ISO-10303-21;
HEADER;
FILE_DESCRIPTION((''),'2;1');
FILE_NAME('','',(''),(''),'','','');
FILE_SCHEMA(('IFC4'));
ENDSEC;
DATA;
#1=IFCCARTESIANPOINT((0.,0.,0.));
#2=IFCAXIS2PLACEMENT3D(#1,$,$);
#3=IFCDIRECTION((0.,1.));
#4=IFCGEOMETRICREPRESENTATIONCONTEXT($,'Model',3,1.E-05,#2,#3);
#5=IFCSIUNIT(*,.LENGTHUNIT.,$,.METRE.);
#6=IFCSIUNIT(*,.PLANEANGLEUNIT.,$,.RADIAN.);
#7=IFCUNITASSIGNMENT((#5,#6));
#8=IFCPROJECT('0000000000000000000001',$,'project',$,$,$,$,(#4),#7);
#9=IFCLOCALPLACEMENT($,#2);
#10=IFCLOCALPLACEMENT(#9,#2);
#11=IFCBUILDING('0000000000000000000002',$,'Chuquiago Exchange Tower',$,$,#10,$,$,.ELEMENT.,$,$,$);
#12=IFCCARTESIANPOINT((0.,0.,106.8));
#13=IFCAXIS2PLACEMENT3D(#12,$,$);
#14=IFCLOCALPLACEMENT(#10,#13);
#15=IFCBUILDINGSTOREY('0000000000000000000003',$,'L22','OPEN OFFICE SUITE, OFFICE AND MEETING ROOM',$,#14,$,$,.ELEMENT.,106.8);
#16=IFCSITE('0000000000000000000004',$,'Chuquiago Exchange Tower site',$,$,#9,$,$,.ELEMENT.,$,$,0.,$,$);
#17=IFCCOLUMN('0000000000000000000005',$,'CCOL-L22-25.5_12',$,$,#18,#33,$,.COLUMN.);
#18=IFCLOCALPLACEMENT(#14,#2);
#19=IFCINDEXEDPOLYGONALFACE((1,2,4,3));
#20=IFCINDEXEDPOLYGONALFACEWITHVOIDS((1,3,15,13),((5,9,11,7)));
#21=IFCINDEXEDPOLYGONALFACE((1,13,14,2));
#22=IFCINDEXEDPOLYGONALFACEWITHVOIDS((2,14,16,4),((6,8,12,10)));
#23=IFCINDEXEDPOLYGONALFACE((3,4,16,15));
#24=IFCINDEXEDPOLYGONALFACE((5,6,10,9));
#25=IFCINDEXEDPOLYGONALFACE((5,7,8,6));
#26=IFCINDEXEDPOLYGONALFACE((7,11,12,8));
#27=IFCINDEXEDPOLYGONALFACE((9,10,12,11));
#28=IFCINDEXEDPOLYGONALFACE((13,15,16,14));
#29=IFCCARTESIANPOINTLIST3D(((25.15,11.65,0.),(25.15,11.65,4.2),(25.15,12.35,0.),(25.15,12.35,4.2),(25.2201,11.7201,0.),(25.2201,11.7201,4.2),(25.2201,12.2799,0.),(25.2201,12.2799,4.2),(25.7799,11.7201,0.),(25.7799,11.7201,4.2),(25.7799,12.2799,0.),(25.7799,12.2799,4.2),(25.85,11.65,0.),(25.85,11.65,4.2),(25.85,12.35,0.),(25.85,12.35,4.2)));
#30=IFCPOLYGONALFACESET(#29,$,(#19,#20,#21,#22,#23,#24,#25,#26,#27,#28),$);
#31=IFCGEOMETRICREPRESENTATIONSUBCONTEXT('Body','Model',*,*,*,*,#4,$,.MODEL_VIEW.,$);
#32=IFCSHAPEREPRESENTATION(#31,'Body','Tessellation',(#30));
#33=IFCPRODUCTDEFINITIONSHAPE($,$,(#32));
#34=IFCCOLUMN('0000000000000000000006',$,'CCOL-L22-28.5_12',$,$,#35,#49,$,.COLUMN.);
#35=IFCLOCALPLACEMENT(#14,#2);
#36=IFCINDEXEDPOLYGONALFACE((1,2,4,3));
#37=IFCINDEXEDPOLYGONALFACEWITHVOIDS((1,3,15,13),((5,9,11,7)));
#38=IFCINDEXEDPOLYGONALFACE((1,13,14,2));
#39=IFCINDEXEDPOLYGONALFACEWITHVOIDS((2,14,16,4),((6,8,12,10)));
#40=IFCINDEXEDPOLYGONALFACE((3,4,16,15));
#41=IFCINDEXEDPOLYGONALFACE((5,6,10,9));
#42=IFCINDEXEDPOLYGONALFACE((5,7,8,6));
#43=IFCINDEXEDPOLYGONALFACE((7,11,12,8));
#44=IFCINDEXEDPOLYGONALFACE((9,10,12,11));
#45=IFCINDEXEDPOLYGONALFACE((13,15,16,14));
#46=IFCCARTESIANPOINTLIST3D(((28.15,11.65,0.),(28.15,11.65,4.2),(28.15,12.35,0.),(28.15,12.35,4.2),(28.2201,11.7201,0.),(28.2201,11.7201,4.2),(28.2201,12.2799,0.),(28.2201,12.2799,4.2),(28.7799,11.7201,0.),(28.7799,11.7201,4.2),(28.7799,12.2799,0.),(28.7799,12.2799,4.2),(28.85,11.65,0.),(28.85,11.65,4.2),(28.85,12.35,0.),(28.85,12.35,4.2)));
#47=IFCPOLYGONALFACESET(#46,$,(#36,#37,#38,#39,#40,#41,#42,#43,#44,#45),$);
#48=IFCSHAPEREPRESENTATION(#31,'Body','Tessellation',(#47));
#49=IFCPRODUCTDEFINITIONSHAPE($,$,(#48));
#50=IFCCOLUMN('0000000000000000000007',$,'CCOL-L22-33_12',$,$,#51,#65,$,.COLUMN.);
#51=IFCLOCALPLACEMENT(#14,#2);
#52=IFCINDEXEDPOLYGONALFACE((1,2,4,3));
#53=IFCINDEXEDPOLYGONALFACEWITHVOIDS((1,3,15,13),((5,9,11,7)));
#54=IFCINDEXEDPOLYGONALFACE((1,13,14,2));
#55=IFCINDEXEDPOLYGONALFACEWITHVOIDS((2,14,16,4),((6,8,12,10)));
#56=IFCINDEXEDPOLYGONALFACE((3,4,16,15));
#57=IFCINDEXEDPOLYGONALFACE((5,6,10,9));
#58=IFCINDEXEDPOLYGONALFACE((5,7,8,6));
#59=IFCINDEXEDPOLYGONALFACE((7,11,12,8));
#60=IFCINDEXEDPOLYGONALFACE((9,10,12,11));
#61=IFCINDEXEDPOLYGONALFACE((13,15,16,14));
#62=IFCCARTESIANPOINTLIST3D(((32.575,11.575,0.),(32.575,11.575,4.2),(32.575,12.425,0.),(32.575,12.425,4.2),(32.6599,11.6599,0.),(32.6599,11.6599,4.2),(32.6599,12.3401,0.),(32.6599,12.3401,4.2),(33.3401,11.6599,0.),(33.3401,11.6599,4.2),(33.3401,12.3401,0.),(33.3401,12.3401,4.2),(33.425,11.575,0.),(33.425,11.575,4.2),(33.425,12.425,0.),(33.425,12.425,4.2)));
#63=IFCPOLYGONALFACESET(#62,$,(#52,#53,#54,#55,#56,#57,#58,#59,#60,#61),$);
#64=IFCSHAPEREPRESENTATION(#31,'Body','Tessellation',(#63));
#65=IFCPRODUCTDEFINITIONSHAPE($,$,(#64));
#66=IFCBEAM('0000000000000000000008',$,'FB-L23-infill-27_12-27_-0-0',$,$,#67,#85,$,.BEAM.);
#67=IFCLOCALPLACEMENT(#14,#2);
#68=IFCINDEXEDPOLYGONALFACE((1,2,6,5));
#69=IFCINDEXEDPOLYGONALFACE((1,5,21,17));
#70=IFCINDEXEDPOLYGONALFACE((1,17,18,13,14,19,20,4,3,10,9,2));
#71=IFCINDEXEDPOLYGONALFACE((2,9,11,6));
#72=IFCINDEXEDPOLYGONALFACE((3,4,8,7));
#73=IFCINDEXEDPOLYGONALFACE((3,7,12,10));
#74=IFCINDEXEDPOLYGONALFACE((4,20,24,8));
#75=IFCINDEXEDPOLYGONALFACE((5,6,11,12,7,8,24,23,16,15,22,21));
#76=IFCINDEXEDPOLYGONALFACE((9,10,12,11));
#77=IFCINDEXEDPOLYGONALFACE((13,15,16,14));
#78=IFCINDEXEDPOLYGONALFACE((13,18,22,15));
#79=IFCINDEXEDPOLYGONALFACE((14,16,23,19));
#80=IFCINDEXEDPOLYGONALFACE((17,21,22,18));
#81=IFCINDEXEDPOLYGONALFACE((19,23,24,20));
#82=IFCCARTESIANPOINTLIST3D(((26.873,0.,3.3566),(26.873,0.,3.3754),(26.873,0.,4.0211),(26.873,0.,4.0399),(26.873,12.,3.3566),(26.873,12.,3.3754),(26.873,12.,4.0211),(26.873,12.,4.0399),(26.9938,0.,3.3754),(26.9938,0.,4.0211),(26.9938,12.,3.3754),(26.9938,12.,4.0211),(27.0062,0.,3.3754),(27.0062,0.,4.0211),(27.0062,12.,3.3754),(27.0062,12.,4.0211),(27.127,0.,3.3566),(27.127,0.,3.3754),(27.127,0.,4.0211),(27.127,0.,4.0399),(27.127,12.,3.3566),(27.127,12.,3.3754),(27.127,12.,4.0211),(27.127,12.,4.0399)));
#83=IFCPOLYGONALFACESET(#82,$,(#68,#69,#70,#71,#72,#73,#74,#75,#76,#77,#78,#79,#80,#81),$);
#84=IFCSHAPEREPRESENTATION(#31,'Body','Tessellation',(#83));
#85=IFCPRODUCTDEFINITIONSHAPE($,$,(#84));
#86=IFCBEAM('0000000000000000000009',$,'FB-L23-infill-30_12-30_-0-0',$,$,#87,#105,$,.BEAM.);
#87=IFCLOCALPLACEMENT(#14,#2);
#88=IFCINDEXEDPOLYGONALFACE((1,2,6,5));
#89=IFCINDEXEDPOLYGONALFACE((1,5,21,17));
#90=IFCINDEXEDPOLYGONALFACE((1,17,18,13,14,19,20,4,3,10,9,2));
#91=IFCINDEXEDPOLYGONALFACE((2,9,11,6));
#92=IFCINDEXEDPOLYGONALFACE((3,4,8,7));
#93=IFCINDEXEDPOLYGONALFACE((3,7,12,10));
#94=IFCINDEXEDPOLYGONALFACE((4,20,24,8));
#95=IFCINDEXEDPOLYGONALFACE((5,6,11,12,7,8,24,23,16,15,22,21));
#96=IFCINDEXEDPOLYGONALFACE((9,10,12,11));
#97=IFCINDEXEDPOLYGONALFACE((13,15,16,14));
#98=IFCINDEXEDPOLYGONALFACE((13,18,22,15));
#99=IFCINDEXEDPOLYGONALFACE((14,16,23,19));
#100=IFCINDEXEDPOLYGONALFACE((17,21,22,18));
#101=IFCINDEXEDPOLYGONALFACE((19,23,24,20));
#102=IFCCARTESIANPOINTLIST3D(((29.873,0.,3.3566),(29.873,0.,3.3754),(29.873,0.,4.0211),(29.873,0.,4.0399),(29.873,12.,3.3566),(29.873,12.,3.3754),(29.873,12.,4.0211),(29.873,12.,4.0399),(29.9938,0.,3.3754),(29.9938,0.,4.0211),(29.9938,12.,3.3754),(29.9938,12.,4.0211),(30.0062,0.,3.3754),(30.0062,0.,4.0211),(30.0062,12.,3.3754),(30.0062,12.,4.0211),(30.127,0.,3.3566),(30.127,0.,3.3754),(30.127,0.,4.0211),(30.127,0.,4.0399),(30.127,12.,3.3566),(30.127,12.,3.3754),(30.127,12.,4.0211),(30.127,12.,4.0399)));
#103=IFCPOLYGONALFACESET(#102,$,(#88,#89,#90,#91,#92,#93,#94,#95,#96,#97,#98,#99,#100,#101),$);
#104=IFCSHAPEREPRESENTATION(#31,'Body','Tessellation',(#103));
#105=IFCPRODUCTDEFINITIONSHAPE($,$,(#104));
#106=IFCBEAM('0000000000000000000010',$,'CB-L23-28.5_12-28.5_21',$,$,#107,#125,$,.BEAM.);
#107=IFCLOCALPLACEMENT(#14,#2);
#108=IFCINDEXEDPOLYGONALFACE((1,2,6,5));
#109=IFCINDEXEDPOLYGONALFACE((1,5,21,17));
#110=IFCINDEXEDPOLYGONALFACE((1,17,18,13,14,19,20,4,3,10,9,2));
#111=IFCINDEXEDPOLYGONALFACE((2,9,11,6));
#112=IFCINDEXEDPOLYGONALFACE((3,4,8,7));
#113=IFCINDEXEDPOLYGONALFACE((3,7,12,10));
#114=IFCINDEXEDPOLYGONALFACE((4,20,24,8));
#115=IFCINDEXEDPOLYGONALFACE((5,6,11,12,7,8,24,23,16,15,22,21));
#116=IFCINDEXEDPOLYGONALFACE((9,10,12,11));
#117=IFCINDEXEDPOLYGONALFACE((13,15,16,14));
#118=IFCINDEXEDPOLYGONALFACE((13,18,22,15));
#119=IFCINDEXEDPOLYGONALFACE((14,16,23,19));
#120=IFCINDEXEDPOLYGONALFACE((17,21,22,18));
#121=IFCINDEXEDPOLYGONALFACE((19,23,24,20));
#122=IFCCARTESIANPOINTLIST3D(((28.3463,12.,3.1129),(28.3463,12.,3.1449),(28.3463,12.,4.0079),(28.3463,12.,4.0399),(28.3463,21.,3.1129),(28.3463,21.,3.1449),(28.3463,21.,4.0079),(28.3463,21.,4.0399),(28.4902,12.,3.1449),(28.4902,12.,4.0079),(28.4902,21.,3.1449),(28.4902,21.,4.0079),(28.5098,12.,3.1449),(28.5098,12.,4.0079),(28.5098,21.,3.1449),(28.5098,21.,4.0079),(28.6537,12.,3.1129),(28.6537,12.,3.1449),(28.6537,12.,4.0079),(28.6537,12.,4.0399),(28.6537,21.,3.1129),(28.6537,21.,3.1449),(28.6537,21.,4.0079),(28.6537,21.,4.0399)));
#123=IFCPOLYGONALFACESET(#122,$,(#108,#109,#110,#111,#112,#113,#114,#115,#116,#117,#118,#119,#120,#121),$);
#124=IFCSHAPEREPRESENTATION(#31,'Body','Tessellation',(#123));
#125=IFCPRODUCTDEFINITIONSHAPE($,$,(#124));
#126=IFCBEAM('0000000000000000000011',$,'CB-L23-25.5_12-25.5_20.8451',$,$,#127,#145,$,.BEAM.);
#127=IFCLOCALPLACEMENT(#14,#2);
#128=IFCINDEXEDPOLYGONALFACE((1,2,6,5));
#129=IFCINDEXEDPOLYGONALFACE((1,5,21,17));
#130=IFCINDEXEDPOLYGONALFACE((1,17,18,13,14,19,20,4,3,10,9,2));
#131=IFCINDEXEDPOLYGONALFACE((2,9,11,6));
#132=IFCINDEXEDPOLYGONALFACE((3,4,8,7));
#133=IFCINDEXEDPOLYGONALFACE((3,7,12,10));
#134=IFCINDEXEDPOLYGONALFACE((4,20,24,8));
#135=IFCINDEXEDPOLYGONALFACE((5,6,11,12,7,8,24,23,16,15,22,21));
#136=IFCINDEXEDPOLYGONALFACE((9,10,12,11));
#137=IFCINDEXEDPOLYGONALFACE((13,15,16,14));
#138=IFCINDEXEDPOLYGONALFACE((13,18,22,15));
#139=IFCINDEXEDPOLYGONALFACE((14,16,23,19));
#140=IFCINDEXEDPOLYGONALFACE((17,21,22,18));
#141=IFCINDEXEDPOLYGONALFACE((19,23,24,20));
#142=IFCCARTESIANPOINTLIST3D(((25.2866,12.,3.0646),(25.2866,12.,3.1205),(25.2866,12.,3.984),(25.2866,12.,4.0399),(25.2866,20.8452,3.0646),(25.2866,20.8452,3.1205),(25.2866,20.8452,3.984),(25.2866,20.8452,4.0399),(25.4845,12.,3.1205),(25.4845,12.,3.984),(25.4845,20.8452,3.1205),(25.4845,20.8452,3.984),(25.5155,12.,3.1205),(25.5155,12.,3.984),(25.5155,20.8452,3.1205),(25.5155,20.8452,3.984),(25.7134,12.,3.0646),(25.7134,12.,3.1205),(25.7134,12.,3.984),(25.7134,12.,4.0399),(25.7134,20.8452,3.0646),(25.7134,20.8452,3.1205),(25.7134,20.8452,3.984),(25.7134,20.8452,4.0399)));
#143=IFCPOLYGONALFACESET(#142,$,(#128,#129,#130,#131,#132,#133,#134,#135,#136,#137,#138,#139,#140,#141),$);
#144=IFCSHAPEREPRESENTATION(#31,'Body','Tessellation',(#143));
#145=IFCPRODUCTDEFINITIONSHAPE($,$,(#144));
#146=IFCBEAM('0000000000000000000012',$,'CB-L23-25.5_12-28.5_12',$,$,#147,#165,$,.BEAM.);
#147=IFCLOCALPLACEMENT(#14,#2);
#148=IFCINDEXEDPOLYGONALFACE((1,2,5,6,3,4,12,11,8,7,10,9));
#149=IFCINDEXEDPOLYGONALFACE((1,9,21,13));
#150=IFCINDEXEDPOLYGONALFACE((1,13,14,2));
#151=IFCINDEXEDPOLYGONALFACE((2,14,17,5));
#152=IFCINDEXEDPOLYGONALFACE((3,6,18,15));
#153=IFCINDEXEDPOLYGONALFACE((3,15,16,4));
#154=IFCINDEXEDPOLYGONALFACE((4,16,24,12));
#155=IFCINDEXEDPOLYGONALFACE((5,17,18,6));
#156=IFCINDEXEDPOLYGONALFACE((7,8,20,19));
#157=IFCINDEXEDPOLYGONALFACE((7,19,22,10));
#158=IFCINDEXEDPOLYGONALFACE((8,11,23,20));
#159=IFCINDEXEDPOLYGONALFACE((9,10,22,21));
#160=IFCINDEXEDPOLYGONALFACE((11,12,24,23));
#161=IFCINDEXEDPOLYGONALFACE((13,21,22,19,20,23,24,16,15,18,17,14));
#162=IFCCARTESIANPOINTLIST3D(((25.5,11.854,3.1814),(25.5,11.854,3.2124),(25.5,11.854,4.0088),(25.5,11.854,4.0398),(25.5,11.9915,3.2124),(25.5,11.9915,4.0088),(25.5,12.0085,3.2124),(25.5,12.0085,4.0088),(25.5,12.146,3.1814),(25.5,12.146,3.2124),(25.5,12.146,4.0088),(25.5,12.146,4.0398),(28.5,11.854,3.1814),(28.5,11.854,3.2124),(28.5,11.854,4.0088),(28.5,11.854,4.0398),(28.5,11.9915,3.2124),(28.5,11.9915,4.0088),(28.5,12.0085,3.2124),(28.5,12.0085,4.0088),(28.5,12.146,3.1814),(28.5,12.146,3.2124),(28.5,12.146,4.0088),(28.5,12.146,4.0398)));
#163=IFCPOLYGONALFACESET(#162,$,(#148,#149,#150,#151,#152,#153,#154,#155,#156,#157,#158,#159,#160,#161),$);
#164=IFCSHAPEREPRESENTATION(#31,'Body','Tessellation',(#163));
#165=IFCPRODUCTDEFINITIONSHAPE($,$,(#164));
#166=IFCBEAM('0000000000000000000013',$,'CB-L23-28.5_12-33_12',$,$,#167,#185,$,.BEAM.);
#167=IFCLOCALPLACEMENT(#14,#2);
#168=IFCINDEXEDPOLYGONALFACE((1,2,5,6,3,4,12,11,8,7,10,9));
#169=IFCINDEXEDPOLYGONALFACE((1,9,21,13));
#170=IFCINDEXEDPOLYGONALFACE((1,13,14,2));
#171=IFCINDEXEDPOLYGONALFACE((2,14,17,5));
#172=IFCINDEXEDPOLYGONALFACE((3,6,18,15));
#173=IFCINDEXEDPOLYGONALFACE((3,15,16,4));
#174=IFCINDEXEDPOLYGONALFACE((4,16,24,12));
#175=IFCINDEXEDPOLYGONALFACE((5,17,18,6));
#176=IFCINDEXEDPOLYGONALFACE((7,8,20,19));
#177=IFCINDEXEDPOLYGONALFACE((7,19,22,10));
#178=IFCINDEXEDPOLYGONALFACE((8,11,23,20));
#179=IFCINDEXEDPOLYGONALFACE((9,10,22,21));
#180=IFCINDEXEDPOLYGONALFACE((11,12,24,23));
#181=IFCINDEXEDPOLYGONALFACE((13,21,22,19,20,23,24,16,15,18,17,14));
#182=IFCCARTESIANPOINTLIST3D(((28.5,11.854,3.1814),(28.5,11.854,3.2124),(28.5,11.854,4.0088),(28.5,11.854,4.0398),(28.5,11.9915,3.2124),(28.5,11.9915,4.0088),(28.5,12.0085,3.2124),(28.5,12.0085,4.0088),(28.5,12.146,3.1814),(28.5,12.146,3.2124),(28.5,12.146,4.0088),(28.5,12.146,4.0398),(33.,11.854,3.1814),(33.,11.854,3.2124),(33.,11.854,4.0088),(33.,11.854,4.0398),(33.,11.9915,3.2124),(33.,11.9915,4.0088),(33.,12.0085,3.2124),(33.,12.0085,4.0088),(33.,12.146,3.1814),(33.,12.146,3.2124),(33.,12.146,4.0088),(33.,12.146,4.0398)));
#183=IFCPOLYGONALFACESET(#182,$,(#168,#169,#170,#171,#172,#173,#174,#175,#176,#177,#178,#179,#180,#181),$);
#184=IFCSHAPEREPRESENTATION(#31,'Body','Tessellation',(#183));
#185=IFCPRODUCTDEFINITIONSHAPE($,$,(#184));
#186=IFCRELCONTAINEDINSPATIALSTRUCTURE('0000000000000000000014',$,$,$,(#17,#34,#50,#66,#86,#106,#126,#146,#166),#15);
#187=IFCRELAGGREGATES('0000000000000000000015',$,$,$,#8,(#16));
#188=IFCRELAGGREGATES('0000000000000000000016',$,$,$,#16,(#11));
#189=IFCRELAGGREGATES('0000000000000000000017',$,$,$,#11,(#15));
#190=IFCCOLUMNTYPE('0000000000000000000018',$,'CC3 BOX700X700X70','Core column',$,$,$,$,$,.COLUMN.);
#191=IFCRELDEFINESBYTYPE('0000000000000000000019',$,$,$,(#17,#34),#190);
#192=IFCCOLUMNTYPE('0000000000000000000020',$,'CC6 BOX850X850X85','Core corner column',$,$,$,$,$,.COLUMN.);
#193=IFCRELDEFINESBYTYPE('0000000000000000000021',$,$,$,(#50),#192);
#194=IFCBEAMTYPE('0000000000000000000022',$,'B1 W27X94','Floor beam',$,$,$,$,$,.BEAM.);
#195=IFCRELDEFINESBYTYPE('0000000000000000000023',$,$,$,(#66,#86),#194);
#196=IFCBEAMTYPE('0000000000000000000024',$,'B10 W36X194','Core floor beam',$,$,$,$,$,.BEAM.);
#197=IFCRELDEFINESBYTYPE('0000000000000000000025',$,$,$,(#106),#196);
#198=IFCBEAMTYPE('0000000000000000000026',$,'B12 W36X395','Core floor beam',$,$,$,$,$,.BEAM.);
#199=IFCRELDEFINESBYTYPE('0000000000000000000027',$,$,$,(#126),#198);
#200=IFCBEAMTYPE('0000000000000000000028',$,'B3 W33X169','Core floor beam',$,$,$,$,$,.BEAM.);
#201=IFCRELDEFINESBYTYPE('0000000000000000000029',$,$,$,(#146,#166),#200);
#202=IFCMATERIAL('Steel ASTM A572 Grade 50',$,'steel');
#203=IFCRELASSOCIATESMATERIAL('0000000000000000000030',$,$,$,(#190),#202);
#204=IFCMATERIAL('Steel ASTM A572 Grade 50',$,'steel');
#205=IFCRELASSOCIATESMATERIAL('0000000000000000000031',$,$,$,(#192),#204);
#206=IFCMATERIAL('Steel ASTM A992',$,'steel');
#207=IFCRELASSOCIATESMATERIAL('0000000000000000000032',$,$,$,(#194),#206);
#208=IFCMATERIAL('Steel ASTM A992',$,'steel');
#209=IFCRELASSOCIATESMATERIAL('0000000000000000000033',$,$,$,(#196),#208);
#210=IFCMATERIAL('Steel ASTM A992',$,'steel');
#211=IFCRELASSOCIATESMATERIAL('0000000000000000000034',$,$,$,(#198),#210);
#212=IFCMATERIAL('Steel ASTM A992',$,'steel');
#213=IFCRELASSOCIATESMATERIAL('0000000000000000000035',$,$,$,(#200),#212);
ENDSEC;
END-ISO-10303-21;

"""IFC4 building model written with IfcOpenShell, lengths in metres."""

from ifc_helpers import new_model, si_unit, direction, frame, origin, origin_2d, place, context, subcontext, project, spatial, hollow_rectangle, i_section, extrude, material, material_profile, profile_set, type_object, element, save


model = new_model("IFC4")

# Units and contexts
model_context = context("Model", 3, precision=1e-05, world=origin(), true_north=direction((0.0, 1.0)))
body_context = subcontext(model_context, "Body", "Model", "MODEL_VIEW")
ifc_project = project(units=[si_unit("LENGTHUNIT", "METRE"), si_unit("PLANEANGLEUNIT", "RADIAN")], contexts=[model_context])

# Site, building, storey
site_placement = place(None, origin())
site = spatial("IfcSite", under=ifc_project, at=site_placement, Name="Chuquiago Exchange Tower site", CompositionType="ELEMENT", RefElevation=0.0)
building_placement = place(site_placement, origin())
building = spatial("IfcBuilding", under=site, at=building_placement, Name="Chuquiago Exchange Tower", CompositionType="ELEMENT")
storey_placement = place(building_placement, frame((0.0, 0.0, 106.8)))
storey = spatial("IfcBuildingStorey", under=building, at=storey_placement, Name="L22", Description="OPEN OFFICE SUITE, OFFICE AND MEETING ROOM", CompositionType="ELEMENT", Elevation=106.8)

# Columns
ifc_material_1 = material(Name="Steel ASTM A572 Grade 50", Category="steel")
ifc_material_profile_1 = material_profile(ifc_material_1, hollow_rectangle(XDim=0.7, YDim=0.7, WallThickness=0.0701, at=origin_2d()), Name="BOX700X700X70")
ifc_profile_set_1 = profile_set([ifc_material_profile_1], Name="Steel ASTM A572 Grade 50")
column_type_1 = type_object("IfcColumnType", Name="CC3 BOX700X700X70", Description="Core column", PredefinedType="COLUMN", material=ifc_profile_set_1)
for number, where, z_axis, x_axis, name in (
    (1, (25.5, 12.0, 0.0), (0.0, 0.0, 1.0), (1.0, 0.0, 0.0), "CCOL-L22-25.5_12"),
    (2, (28.5, 12.0, 0.0), (0.0, 0.0, 1.0), (1.0, 0.0, 0.0), "CCOL-L22-28.5_12"),
):
    element("IfcColumn", number, at=place(storey_placement, frame(where, z_axis=z_axis, x_axis=x_axis)), inside=storey, type_object=column_type_1, Name=name, PredefinedType="COLUMN", context=body_context, shape_type="SweptSolid", body=[
        extrude(hollow_rectangle(XDim=0.7, YDim=0.7, WallThickness=0.0701, at=origin_2d()), origin(), (0.0, 0.0, 1.0), 4.2),
    ])
ifc_material_2 = material(Name="Steel ASTM A572 Grade 50", Category="steel")
ifc_material_profile_2 = material_profile(ifc_material_2, hollow_rectangle(XDim=0.8501, YDim=0.8501, WallThickness=0.085, at=origin_2d()), Name="BOX850X850X85")
ifc_profile_set_2 = profile_set([ifc_material_profile_2], Name="Steel ASTM A572 Grade 50")
column_type_2 = type_object("IfcColumnType", Name="CC6 BOX850X850X85", Description="Core corner column", PredefinedType="COLUMN", material=ifc_profile_set_2)
column_placement = place(storey_placement, frame((33.0, 12.0, 0.0), z_axis=(0.0, 0.0, 1.0), x_axis=(1.0, 0.0, 0.0)))
element("IfcColumn", 3, at=column_placement, inside=storey, type_object=column_type_2, Name="CCOL-L22-33_12", PredefinedType="COLUMN", context=body_context, shape_type="SweptSolid", body=[
    extrude(hollow_rectangle(XDim=0.8501, YDim=0.8501, WallThickness=0.085, at=origin_2d()), origin(), (0.0, 0.0, 1.0), 4.2),
])

# Beams
ifc_material_3 = material(Name="Steel ASTM A992", Category="steel")
ifc_material_profile_3 = material_profile(ifc_material_3, i_section(OverallWidth=0.2539, OverallDepth=0.6833, WebThickness=0.0125, FlangeThickness=0.0188, at=origin_2d()), Name="W27X94")
ifc_profile_set_3 = profile_set([ifc_material_profile_3], Name="Steel ASTM A992")
beam_type_1 = type_object("IfcBeamType", Name="B1 W27X94", Description="Floor beam", PredefinedType="BEAM", material=ifc_profile_set_3)
for number, where, z_axis, x_axis, name in (
    (4, (27.0, 12.0, 3.6982), (0.0, -1.0, 0.0), (1.0, 0.0, 0.0), "FB-L23-infill-27_12-27_-0-0"),
    (5, (30.0, 12.0, 3.6982), (0.0, -1.0, 0.0), (1.0, 0.0, 0.0), "FB-L23-infill-30_12-30_-0-0"),
):
    element("IfcBeam", number, at=place(storey_placement, frame(where, z_axis=z_axis, x_axis=x_axis)), inside=storey, type_object=beam_type_1, Name=name, PredefinedType="BEAM", context=body_context, shape_type="SweptSolid", body=[
        extrude(i_section(OverallWidth=0.2539, OverallDepth=0.6833, WebThickness=0.0125, FlangeThickness=0.0188, at=origin_2d()), origin(), (0.0, 0.0, 1.0), 12.0),
    ])
ifc_material_4 = material(Name="Steel ASTM A992", Category="steel")
ifc_material_profile_4 = material_profile(ifc_material_4, i_section(OverallWidth=0.3074, OverallDepth=0.927, WebThickness=0.0195, FlangeThickness=0.032, at=origin_2d()), Name="W36X194")
ifc_profile_set_4 = profile_set([ifc_material_profile_4], Name="Steel ASTM A992")
beam_type_2 = type_object("IfcBeamType", Name="B10 W36X194", Description="Core floor beam", PredefinedType="BEAM", material=ifc_profile_set_4)
beam_1_placement = place(storey_placement, frame((28.5, 12.0, 3.5764), z_axis=(0.0, 1.0, 0.0), x_axis=(-1.0, 0.0, 0.0)))
element("IfcBeam", 6, at=beam_1_placement, inside=storey, type_object=beam_type_2, Name="CB-L23-28.5_12-28.5_21", PredefinedType="BEAM", context=body_context, shape_type="SweptSolid", body=[
    extrude(i_section(OverallWidth=0.3074, OverallDepth=0.927, WebThickness=0.0195, FlangeThickness=0.032, at=origin_2d()), origin(), (0.0, 0.0, 1.0), 9.0),
])
ifc_material_5 = material(Name="Steel ASTM A992", Category="steel")
ifc_material_profile_5 = material_profile(ifc_material_5, i_section(OverallWidth=0.4268, OverallDepth=0.9753, WebThickness=0.031, FlangeThickness=0.0559, at=origin_2d()), Name="W36X395")
ifc_profile_set_5 = profile_set([ifc_material_profile_5], Name="Steel ASTM A992")
beam_type_3 = type_object("IfcBeamType", Name="B12 W36X395", Description="Core floor beam", PredefinedType="BEAM", material=ifc_profile_set_5)
beam_2_placement = place(storey_placement, frame((25.5, 12.0, 3.5522), z_axis=(0.0, 1.0, 0.0), x_axis=(-1.0, 0.0, 0.0)))
element("IfcBeam", 7, at=beam_2_placement, inside=storey, type_object=beam_type_3, Name="CB-L23-25.5_12-25.5_20.8451", PredefinedType="BEAM", context=body_context, shape_type="SweptSolid", body=[
    extrude(i_section(OverallWidth=0.4268, OverallDepth=0.9753, WebThickness=0.031, FlangeThickness=0.0559, at=origin_2d()), origin(), (0.0, 0.0, 1.0), 8.8452),
])
ifc_material_6 = material(Name="Steel ASTM A992", Category="steel")
ifc_material_profile_6 = material_profile(ifc_material_6, i_section(OverallWidth=0.292, OverallDepth=0.8584, WebThickness=0.0171, FlangeThickness=0.031, at=origin_2d()), Name="W33X169")
ifc_profile_set_6 = profile_set([ifc_material_profile_6], Name="Steel ASTM A992")
beam_type_4 = type_object("IfcBeamType", Name="B3 W33X169", Description="Core floor beam", PredefinedType="BEAM", material=ifc_profile_set_6)
beam_3_placement = place(storey_placement, frame((25.5, 12.0, 3.6106), z_axis=(1.0, 0.0, 0.0), x_axis=(0.0, 1.0, 0.0)))
element("IfcBeam", 8, at=beam_3_placement, inside=storey, type_object=beam_type_4, Name="CB-L23-25.5_12-28.5_12", PredefinedType="BEAM", context=body_context, shape_type="SweptSolid", body=[
    extrude(i_section(OverallWidth=0.292, OverallDepth=0.8584, WebThickness=0.0171, FlangeThickness=0.031, at=origin_2d()), origin(), (0.0, 0.0, 1.0), 3.0),
])
beam_4_placement = place(storey_placement, frame((28.5, 12.0, 3.6106), z_axis=(1.0, 0.0, 0.0), x_axis=(0.0, 1.0, 0.0)))
element("IfcBeam", 9, at=beam_4_placement, inside=storey, type_object=beam_type_4, Name="CB-L23-28.5_12-33_12", PredefinedType="BEAM", context=body_context, shape_type="SweptSolid", body=[
    extrude(i_section(OverallWidth=0.292, OverallDepth=0.8584, WebThickness=0.0171, FlangeThickness=0.031, at=origin_2d()), origin(), (0.0, 0.0, 1.0), 4.5),
])

save(model, "model.ifc")
